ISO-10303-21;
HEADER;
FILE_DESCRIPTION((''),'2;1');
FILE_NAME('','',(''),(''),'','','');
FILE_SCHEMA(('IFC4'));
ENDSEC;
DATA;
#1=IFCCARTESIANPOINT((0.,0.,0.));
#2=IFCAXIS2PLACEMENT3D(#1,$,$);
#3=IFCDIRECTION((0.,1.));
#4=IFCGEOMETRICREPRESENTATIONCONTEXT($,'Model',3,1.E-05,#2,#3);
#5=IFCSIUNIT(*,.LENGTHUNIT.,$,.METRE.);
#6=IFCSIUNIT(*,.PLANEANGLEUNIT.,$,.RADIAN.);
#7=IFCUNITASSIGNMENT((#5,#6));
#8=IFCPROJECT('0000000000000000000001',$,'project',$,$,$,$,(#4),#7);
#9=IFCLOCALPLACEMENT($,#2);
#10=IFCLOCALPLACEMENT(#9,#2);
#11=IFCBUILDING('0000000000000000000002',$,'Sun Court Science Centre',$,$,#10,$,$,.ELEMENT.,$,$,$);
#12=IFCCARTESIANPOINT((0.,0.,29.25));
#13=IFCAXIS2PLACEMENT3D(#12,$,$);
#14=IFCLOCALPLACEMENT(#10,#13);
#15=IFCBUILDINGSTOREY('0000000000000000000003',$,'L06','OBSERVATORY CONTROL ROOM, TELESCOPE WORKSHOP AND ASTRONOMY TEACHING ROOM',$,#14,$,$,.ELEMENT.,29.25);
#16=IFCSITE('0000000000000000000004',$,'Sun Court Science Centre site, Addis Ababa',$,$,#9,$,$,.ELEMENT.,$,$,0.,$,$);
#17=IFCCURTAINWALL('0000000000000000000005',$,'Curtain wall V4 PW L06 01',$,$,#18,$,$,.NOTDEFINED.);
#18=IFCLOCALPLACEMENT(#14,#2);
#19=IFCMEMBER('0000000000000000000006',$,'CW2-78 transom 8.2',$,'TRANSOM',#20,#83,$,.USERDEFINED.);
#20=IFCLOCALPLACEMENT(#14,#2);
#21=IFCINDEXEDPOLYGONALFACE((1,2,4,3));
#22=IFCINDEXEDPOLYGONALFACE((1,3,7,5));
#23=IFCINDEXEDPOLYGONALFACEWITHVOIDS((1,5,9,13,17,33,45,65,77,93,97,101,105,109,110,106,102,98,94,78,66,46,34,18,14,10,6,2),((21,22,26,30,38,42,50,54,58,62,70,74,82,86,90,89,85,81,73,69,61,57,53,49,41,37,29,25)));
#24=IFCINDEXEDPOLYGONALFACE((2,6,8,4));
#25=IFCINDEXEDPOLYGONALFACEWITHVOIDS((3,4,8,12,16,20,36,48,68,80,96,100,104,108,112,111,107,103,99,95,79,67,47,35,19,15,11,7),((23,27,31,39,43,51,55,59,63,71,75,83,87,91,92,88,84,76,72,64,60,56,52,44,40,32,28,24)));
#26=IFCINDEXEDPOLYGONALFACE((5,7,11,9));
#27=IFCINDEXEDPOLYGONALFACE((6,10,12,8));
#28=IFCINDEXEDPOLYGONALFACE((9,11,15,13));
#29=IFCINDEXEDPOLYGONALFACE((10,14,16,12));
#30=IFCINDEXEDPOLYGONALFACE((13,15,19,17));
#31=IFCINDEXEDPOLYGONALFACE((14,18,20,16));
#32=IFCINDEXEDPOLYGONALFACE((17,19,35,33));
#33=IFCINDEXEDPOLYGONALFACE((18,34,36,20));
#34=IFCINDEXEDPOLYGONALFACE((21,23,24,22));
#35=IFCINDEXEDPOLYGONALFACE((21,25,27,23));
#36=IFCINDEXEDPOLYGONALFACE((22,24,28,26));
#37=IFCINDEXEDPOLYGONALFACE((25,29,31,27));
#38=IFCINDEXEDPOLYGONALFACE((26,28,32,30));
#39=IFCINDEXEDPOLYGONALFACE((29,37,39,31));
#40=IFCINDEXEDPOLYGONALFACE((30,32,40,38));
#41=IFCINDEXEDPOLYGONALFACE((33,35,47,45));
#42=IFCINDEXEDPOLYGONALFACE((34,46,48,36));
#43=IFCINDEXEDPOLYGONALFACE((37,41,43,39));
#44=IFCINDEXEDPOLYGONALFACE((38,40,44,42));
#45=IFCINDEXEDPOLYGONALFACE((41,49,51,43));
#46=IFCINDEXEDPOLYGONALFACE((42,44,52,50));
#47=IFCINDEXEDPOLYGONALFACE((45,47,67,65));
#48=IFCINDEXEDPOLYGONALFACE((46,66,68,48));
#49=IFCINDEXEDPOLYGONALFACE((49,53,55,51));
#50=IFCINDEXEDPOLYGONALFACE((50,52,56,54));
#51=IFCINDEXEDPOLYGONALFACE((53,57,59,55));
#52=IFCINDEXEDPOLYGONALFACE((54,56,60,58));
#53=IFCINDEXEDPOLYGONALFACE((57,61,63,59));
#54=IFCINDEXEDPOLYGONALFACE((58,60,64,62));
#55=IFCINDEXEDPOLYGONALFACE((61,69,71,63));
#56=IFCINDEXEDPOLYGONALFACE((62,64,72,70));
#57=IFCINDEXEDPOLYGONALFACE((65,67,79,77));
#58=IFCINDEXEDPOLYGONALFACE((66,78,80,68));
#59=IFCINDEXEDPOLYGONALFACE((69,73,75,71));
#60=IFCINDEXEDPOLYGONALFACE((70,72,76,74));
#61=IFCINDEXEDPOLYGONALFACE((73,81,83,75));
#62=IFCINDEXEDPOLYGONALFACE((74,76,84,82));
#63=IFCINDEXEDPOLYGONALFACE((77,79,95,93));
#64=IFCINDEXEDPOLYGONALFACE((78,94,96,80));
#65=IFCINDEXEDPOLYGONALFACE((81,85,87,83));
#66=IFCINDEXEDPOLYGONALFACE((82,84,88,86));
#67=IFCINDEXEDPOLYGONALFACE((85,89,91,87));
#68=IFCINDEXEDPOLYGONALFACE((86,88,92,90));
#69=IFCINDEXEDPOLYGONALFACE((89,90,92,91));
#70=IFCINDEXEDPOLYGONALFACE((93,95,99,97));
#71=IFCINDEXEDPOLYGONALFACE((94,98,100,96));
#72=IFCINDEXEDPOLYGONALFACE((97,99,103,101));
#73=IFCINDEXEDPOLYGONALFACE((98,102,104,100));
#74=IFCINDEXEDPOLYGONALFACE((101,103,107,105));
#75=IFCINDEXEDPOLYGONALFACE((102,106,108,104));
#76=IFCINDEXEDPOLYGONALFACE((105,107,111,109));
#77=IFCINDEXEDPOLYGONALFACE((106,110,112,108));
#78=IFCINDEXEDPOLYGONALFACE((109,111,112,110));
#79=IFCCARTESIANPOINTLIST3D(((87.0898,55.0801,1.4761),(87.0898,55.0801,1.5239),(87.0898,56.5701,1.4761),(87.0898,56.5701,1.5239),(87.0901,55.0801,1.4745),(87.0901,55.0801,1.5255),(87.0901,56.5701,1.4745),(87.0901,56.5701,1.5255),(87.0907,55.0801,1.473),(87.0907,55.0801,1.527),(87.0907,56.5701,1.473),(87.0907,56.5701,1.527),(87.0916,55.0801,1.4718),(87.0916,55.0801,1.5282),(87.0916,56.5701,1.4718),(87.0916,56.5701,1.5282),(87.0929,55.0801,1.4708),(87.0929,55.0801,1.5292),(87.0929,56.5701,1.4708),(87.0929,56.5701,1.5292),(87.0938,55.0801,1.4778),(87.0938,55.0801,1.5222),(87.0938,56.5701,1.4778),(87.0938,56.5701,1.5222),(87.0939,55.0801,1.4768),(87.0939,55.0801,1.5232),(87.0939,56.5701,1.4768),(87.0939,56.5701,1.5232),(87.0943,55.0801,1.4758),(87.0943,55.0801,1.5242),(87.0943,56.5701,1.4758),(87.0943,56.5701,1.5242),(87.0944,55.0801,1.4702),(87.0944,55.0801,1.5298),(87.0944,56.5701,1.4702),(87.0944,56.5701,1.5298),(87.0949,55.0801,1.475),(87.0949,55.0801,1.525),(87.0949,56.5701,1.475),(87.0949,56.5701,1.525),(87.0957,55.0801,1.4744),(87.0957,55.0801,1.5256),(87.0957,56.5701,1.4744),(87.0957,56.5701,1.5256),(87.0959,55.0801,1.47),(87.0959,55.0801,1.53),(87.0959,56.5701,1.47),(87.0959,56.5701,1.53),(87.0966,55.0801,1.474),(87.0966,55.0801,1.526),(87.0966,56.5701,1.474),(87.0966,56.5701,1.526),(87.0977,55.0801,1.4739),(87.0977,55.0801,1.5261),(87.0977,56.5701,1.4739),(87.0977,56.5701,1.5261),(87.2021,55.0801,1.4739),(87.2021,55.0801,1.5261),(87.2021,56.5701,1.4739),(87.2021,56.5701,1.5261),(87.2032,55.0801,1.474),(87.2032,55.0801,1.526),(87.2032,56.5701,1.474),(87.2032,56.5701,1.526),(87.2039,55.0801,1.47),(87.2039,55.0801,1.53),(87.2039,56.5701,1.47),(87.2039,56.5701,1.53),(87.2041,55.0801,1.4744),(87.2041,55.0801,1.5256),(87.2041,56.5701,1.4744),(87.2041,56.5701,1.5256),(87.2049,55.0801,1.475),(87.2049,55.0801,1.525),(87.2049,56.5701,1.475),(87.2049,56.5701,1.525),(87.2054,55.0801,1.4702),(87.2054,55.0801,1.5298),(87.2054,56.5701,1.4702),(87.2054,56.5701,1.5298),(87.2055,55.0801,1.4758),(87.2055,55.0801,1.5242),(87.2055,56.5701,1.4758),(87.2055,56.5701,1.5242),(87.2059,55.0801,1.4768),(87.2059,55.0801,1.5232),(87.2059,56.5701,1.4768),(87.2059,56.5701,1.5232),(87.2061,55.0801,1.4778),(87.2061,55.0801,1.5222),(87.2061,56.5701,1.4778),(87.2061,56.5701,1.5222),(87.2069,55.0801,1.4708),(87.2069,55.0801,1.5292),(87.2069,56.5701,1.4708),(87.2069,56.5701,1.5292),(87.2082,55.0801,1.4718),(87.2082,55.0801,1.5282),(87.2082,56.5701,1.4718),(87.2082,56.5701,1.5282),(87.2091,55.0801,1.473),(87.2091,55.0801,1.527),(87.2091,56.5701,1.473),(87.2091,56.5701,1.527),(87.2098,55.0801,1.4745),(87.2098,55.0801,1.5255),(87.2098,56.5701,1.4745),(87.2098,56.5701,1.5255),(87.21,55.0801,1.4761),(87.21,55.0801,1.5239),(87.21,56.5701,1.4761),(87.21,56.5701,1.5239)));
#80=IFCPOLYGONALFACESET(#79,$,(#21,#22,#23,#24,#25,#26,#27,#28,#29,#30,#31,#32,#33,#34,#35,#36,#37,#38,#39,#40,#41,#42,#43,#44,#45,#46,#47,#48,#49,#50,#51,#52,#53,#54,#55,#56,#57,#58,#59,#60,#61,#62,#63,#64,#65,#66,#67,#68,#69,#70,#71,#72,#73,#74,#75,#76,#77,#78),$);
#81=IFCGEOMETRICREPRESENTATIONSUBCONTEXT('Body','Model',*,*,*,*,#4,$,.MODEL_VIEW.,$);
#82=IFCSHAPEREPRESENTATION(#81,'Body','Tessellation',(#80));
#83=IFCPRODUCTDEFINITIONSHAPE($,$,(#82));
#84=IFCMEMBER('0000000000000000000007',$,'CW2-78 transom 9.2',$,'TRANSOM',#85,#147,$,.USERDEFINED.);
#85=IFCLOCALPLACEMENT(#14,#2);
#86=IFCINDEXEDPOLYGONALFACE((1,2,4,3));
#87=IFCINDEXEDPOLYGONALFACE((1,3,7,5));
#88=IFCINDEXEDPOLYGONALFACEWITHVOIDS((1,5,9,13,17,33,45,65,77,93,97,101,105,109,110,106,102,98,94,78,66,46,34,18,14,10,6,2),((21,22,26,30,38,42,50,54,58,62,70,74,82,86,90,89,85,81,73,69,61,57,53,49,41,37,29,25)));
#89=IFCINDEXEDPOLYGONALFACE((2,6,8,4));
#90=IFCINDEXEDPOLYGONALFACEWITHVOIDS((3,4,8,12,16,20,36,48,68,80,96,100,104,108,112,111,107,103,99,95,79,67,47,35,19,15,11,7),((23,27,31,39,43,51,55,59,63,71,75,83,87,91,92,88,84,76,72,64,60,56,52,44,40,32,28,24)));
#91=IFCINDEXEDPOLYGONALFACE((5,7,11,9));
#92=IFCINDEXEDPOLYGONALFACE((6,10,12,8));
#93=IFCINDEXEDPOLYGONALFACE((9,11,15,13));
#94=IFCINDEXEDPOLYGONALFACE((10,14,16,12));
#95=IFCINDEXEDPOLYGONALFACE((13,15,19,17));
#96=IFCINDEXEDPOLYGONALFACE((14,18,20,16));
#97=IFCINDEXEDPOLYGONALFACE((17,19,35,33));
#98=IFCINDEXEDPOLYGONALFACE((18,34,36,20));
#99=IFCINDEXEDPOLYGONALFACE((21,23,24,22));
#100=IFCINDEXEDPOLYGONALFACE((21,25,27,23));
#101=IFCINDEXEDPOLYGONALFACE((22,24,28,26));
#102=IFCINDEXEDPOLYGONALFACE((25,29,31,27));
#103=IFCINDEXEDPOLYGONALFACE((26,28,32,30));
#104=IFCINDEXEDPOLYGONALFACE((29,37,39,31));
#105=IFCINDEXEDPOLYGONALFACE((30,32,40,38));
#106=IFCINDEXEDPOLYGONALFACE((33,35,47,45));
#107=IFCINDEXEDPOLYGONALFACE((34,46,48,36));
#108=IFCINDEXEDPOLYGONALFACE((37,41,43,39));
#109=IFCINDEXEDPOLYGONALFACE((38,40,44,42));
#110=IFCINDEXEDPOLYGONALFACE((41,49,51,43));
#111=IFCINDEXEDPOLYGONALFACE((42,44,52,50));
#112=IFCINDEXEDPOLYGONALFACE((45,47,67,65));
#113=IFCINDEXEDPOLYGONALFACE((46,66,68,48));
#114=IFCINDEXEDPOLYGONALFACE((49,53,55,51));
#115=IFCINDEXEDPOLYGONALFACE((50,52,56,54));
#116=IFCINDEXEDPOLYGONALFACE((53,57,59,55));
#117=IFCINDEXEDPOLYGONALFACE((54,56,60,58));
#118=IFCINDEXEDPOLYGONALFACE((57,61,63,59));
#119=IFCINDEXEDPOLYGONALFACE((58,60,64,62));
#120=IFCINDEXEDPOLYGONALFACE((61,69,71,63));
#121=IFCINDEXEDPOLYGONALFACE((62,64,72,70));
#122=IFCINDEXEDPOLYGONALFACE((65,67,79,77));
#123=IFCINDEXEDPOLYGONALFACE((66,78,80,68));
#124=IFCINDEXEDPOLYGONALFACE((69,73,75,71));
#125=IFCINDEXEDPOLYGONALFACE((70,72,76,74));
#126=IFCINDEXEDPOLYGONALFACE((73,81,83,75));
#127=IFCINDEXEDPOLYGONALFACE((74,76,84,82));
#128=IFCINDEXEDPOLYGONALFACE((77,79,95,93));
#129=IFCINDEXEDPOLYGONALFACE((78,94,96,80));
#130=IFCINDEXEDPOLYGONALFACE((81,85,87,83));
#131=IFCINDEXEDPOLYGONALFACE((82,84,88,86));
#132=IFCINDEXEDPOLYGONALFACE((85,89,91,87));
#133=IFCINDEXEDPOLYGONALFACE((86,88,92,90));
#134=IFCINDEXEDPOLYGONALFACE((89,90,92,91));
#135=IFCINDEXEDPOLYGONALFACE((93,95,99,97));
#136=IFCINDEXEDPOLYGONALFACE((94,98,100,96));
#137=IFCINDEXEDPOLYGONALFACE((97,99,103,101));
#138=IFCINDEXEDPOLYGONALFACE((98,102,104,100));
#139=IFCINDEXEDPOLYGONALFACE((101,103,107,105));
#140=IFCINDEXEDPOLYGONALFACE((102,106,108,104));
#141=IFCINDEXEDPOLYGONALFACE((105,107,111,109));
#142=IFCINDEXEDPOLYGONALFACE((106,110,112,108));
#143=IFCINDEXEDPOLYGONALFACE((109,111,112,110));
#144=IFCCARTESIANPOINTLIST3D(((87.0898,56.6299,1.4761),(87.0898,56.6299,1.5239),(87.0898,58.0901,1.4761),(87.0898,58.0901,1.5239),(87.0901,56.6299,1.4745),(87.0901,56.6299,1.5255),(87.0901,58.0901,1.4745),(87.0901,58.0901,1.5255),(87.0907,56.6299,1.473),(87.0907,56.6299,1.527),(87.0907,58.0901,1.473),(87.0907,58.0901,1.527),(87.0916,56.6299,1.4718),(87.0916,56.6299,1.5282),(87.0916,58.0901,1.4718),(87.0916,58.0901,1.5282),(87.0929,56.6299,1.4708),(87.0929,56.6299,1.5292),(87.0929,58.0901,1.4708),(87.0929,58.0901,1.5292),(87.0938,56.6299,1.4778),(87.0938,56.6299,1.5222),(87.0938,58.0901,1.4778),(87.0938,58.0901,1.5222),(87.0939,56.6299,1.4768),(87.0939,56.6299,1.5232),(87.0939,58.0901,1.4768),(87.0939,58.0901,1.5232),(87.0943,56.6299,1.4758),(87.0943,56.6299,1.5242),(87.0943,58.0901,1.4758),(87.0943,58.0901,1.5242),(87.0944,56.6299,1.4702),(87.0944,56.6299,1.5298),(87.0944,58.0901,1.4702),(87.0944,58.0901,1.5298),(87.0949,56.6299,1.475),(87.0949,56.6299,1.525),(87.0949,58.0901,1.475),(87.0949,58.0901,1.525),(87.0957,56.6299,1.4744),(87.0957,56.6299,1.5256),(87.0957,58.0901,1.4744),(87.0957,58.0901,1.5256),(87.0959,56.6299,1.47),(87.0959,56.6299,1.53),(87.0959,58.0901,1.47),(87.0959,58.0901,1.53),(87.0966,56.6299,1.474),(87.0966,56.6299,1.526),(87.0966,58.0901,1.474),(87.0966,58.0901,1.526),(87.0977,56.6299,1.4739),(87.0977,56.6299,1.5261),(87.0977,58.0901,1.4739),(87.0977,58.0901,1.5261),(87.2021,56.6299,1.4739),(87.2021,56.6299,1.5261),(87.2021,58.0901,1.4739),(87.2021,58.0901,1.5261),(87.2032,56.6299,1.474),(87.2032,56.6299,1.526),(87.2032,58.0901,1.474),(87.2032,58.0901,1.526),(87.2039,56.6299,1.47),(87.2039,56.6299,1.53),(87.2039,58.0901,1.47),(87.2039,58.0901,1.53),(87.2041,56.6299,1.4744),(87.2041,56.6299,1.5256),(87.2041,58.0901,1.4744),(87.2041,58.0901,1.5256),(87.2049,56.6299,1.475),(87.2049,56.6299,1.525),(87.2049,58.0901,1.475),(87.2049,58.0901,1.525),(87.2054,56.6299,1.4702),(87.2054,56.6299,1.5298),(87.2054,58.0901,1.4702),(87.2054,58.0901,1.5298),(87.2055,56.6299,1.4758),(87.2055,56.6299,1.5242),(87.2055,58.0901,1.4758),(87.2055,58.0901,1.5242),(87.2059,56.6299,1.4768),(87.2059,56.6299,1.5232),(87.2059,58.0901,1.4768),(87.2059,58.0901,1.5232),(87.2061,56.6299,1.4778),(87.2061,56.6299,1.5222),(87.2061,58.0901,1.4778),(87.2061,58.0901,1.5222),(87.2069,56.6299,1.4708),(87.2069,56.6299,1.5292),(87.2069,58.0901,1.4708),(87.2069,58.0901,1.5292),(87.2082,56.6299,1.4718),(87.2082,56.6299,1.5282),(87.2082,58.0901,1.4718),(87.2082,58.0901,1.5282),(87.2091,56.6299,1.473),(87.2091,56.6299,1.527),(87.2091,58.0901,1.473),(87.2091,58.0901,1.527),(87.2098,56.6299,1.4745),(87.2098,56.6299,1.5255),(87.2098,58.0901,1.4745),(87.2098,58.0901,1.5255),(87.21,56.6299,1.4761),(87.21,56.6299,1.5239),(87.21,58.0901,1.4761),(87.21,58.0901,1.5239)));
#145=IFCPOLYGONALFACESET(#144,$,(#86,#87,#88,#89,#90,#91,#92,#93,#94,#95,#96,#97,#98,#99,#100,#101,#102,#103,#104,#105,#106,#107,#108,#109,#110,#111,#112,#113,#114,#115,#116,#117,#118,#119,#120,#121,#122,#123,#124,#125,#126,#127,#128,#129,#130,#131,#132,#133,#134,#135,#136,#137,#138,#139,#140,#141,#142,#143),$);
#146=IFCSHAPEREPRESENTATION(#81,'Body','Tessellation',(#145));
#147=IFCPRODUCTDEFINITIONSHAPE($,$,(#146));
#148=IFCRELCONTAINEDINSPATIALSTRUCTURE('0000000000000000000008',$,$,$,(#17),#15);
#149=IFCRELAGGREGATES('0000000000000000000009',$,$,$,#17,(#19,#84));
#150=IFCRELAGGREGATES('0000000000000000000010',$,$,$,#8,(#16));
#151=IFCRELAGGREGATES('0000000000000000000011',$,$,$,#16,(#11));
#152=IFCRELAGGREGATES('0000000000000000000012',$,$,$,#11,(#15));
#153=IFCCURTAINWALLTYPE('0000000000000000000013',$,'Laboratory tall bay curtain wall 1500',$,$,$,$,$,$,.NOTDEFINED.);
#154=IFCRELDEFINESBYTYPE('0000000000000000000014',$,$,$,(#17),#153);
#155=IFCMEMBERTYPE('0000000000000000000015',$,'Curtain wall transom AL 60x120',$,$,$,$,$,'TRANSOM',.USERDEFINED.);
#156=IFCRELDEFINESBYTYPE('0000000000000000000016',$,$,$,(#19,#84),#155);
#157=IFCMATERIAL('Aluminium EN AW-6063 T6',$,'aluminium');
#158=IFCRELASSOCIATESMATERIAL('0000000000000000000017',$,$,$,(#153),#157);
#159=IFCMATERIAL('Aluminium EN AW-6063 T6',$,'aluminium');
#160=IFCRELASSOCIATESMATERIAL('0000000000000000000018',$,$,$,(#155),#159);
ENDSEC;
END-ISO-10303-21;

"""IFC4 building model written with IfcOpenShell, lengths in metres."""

from ifc_helpers import new_model, si_unit, direction, frame, origin, origin_2d, place, context, subcontext, project, spatial, hollow_rectangle, extrude, material, material_profile, profile_set, type_object, element, aggregate, save


model = new_model("IFC4")

# Units and contexts
model_context = context("Model", 3, precision=1e-05, world=origin(), true_north=direction((0.0, 1.0)))
body_context = subcontext(model_context, "Body", "Model", "MODEL_VIEW")
ifc_project = project(units=[si_unit("LENGTHUNIT", "METRE"), si_unit("PLANEANGLEUNIT", "RADIAN")], contexts=[model_context])

# Site, building, storey
site_placement = place(None, origin())
site = spatial("IfcSite", under=ifc_project, at=site_placement, Name="Sun Court Science Centre site, Addis Ababa", CompositionType="ELEMENT", RefElevation=0.0)
building_placement = place(site_placement, origin())
building = spatial("IfcBuilding", under=site, at=building_placement, Name="Sun Court Science Centre", CompositionType="ELEMENT")
storey_placement = place(building_placement, frame((0.0, 0.0, 29.25)))
storey = spatial("IfcBuildingStorey", under=building, at=storey_placement, Name="L06", Description="OBSERVATORY CONTROL ROOM, TELESCOPE WORKSHOP AND ASTRONOMY TEACHING ROOM", CompositionType="ELEMENT", Elevation=29.25)

# Curtain wall, members
ifc_material_1 = material(Name="Aluminium EN AW-6063 T6", Category="aluminium")
curtain_wall_type = type_object("IfcCurtainWallType", Name="Laboratory tall bay curtain wall 1500", PredefinedType="NOTDEFINED", material=ifc_material_1)
curtain_wall_placement = place(storey_placement, origin())
curtain_wall = element("IfcCurtainWall", 1, at=curtain_wall_placement, inside=storey, type_object=curtain_wall_type, Name="Curtain wall V4 PW L06 01", PredefinedType="NOTDEFINED")
ifc_material_2 = material(Name="Aluminium EN AW-6063 T6", Category="aluminium")
ifc_material_profile_1 = material_profile(ifc_material_2, hollow_rectangle(XDim=0.0601, YDim=0.1201, WallThickness=0.0039, InnerFilletRadius=0.0039, OuterFilletRadius=0.0061, at=origin_2d()), Name="AL 60x120x4")
ifc_profile_set_1 = profile_set([ifc_material_profile_1], Name="Aluminium EN AW-6063 T6")
member_type_1 = type_object("IfcMemberType", Name="Curtain wall transom AL 60x120", ElementType="TRANSOM", PredefinedType="USERDEFINED", material=ifc_profile_set_1)
member_1_placement = place(storey_placement, frame((87.1499, 55.0801, 1.5), z_axis=(0.0, 1.0, 0.0), x_axis=(0.0, 0.0, 1.0)))
member_1 = element("IfcMember", 2, at=member_1_placement, type_object=member_type_1, Name="CW2-78 transom 8.2", ObjectType="TRANSOM", PredefinedType="USERDEFINED", context=body_context, shape_type="SweptSolid", body=[
    extrude(hollow_rectangle(XDim=0.0601, YDim=0.1201, WallThickness=0.0039, InnerFilletRadius=0.0039, OuterFilletRadius=0.0061, at=origin_2d()), origin(), (0.0, 0.0, 1.0), 1.49),
])
member_2_placement = place(storey_placement, frame((87.1499, 56.6299, 1.5), z_axis=(0.0, 1.0, 0.0), x_axis=(0.0, 0.0, 1.0)))
member_2 = element("IfcMember", 3, at=member_2_placement, type_object=member_type_1, Name="CW2-78 transom 9.2", ObjectType="TRANSOM", PredefinedType="USERDEFINED", context=body_context, shape_type="SweptSolid", body=[
    extrude(hollow_rectangle(XDim=0.0601, YDim=0.1201, WallThickness=0.0039, InnerFilletRadius=0.0039, OuterFilletRadius=0.0061, at=origin_2d()), origin(), (0.0, 0.0, 1.0), 1.4602),
])

aggregate(curtain_wall, [member_1, member_2])

save(model, "model.ifc")
